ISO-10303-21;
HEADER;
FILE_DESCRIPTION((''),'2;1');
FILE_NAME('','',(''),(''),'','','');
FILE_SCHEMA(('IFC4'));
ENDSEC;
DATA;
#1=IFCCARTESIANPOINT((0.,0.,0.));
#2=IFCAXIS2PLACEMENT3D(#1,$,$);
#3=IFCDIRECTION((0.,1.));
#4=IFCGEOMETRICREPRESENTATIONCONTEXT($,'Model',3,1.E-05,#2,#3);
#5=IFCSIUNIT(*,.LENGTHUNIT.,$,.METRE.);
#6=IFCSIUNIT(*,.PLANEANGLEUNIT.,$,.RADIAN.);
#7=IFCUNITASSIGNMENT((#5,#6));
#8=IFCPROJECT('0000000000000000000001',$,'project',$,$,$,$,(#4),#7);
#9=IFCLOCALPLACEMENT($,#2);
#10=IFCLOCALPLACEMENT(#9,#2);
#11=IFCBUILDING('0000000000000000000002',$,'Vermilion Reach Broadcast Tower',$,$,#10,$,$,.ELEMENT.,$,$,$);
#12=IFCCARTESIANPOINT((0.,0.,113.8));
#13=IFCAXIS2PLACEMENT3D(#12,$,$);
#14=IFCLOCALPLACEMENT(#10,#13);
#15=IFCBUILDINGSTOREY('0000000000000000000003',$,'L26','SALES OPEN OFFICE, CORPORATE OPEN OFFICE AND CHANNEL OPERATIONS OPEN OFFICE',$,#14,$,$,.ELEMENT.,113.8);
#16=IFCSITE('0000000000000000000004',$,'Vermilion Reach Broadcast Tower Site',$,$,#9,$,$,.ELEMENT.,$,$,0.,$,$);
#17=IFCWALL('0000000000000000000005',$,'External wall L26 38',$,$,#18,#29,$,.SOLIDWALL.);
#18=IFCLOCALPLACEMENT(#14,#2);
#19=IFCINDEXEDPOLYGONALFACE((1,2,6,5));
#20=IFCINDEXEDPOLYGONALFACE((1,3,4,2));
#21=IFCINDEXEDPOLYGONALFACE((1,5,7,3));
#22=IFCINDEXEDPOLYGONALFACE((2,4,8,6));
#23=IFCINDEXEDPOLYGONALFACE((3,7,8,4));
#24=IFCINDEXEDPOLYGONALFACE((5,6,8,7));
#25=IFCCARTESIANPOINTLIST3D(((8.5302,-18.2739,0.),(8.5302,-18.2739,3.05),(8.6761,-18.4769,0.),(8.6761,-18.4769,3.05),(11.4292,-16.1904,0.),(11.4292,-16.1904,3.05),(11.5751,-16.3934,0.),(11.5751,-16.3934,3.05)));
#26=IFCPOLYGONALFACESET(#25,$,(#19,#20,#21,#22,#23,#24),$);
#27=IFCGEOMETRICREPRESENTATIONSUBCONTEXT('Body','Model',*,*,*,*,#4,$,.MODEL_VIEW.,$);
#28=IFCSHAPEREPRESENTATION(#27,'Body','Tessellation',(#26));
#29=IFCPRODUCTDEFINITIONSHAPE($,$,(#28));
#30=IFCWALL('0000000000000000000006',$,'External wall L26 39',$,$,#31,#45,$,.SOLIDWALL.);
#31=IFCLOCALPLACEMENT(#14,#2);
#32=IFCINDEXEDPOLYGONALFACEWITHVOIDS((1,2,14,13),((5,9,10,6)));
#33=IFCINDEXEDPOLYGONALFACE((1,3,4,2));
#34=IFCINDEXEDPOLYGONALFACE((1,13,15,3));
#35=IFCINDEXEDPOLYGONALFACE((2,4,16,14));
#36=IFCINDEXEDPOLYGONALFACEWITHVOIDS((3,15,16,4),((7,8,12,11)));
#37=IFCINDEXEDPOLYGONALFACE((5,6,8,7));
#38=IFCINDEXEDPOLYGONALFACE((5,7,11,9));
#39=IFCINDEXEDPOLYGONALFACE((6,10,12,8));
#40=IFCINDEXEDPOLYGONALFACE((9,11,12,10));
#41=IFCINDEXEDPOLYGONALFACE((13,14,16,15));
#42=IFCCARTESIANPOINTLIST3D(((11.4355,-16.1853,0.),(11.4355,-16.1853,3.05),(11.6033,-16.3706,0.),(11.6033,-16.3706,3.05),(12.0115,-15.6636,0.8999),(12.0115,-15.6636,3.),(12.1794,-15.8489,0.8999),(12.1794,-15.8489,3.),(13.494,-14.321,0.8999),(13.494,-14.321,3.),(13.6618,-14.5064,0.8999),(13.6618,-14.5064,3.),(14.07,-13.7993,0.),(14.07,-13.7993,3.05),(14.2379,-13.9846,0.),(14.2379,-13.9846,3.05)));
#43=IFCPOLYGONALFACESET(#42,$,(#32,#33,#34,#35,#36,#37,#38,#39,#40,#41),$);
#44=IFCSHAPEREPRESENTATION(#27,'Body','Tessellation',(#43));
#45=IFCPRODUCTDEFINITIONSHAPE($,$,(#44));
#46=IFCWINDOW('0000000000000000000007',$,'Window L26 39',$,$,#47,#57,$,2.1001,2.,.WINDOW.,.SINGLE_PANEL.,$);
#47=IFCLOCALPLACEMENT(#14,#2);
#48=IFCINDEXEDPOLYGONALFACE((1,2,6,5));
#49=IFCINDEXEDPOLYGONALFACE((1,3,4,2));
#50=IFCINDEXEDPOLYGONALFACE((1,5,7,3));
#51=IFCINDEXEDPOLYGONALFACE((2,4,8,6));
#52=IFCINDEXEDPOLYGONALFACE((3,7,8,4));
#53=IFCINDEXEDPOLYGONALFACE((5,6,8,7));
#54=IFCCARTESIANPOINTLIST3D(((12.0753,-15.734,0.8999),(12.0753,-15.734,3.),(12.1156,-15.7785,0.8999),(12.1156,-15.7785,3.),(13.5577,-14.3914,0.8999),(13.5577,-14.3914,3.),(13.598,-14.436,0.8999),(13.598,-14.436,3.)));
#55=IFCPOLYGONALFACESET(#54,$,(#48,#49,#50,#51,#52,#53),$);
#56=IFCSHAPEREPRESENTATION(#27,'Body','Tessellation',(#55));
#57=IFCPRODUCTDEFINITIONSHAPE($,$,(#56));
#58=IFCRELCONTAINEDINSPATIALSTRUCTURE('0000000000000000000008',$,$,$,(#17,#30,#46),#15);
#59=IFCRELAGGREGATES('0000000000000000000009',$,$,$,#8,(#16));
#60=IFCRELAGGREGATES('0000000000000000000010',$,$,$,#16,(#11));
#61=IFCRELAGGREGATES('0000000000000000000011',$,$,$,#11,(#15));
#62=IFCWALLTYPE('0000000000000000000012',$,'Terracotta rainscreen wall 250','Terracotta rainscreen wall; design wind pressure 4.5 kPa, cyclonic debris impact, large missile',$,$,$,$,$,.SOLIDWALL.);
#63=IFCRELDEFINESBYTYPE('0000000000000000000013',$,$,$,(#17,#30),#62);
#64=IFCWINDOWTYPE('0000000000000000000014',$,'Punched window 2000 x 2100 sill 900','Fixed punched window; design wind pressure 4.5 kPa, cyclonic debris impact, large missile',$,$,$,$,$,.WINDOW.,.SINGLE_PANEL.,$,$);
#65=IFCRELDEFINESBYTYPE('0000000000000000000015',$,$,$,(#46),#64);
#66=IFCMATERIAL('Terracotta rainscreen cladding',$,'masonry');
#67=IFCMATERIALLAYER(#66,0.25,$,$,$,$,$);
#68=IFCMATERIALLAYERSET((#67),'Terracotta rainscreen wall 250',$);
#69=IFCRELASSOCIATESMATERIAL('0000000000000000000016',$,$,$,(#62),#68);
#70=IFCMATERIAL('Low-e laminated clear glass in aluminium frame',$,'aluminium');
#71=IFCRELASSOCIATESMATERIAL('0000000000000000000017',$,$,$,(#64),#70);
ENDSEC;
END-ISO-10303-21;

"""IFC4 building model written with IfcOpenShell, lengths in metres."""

from ifc_helpers import new_model, si_unit, direction, frame, frame_2d, origin, place, context, subcontext, project, spatial, rectangle, extrude, material, layer, layer_set, type_object, element, fill, save


model = new_model("IFC4")

# Units and contexts
model_context = context("Model", 3, precision=1e-05, world=origin(), true_north=direction((0.0, 1.0)))
body_context = subcontext(model_context, "Body", "Model", "MODEL_VIEW")
ifc_project = project(units=[si_unit("LENGTHUNIT", "METRE"), si_unit("PLANEANGLEUNIT", "RADIAN")], contexts=[model_context])

# Site, building, storey
site_placement = place(None, origin())
site = spatial("IfcSite", under=ifc_project, at=site_placement, Name="Vermilion Reach Broadcast Tower Site", CompositionType="ELEMENT", RefElevation=0.0)
building_placement = place(site_placement, origin())
building = spatial("IfcBuilding", under=site, at=building_placement, Name="Vermilion Reach Broadcast Tower", CompositionType="ELEMENT")
storey_placement = place(building_placement, frame((0.0, 0.0, 113.8)))
storey = spatial("IfcBuildingStorey", under=building, at=storey_placement, Name="L26", Description="SALES OPEN OFFICE, CORPORATE OPEN OFFICE AND CHANNEL OPERATIONS OPEN OFFICE", CompositionType="ELEMENT", Elevation=113.8)

# Wall
ifc_material_1 = material(Name="Terracotta rainscreen cladding", Category="masonry")
ifc_layer_1 = layer(ifc_material_1, 0.25)
ifc_layer_set_1 = layer_set([ifc_layer_1], Name="Terracotta rainscreen wall 250")
wall_type = type_object("IfcWallType", Name="Terracotta rainscreen wall 250", Description="Terracotta rainscreen wall; design wind pressure 4.5 kPa, cyclonic debris impact, large missile", PredefinedType="SOLIDWALL", material=ifc_layer_set_1)
wall_1_placement = place(storey_placement, frame((8.603, -18.3755, 0.0), z_axis=(0.0, 0.0, 1.0), x_axis=(0.81203, 0.583616, 0.0)))
element("IfcWall", 1, at=wall_1_placement, inside=storey, type_object=wall_type, Name="External wall L26 38", PredefinedType="SOLIDWALL", context=body_context, shape_type="SweptSolid", body=[
    extrude(rectangle(XDim=3.5701, YDim=0.25, at=frame_2d((1.7852, 0.0))), origin(), (0.0, 0.0, 1.0), 3.05),
])

# Wall, opening, window
wall_2_placement = place(storey_placement, frame((11.5193, -16.2781, 0.0), z_axis=(0.0, 0.0, 1.0), x_axis=(0.741204, 0.67128, 0.0)))
wall_2 = element("IfcWall", 2, at=wall_2_placement, inside=storey, type_object=wall_type, Name="External wall L26 39", PredefinedType="SOLIDWALL", context=body_context, shape_type="SweptSolid", body=[
    extrude(rectangle(XDim=3.5544, YDim=0.25, at=frame_2d((1.7773, 0.0))), origin(), (0.0, 0.0, 1.0), 3.05),
])
opening_1_placement = place(wall_2_placement, frame((0.7773, 0.0, 0.8999)))
opening_1 = element("IfcOpeningElement", 3, at=opening_1_placement, cuts=wall_2, PredefinedType="OPENING", context=body_context, shape_type="SweptSolid", body=[
    extrude(rectangle(XDim=2.0, YDim=2.1001, at=frame_2d((1.0, 1.05))), frame((0.0, 0.135, 0.0), z_axis=(0.0, -1.0, 0.0), x_axis=(1.0, 0.0, 0.0)), (0.0, 0.0, 1.0), 0.27),
])
ifc_material_2 = material(Name="Low-e laminated clear glass in aluminium frame", Category="aluminium")
window_type = type_object("IfcWindowType", Name="Punched window 2000 x 2100 sill 900", Description="Fixed punched window; design wind pressure 4.5 kPa, cyclonic debris impact, large missile", PartitioningType="SINGLE_PANEL", PredefinedType="WINDOW", material=ifc_material_2)
window_placement = place(opening_1_placement, origin())
window = element("IfcWindow", 4, at=window_placement, inside=storey, type_object=window_type, Name="Window L26 39", OverallHeight=2.1001, OverallWidth=2.0, PartitioningType="SINGLE_PANEL", PredefinedType="WINDOW", context=body_context, shape_type="SweptSolid", body=[
    extrude(rectangle(XDim=2.0, YDim=2.1001, at=frame_2d((1.0, 1.05))), frame((0.0, 0.03, 0.0), z_axis=(0.0, -1.0, 0.0), x_axis=(1.0, 0.0, 0.0)), (0.0, 0.0, 1.0), 0.0601),
])
fill(opening_1, window)

save(model, "model.ifc")
